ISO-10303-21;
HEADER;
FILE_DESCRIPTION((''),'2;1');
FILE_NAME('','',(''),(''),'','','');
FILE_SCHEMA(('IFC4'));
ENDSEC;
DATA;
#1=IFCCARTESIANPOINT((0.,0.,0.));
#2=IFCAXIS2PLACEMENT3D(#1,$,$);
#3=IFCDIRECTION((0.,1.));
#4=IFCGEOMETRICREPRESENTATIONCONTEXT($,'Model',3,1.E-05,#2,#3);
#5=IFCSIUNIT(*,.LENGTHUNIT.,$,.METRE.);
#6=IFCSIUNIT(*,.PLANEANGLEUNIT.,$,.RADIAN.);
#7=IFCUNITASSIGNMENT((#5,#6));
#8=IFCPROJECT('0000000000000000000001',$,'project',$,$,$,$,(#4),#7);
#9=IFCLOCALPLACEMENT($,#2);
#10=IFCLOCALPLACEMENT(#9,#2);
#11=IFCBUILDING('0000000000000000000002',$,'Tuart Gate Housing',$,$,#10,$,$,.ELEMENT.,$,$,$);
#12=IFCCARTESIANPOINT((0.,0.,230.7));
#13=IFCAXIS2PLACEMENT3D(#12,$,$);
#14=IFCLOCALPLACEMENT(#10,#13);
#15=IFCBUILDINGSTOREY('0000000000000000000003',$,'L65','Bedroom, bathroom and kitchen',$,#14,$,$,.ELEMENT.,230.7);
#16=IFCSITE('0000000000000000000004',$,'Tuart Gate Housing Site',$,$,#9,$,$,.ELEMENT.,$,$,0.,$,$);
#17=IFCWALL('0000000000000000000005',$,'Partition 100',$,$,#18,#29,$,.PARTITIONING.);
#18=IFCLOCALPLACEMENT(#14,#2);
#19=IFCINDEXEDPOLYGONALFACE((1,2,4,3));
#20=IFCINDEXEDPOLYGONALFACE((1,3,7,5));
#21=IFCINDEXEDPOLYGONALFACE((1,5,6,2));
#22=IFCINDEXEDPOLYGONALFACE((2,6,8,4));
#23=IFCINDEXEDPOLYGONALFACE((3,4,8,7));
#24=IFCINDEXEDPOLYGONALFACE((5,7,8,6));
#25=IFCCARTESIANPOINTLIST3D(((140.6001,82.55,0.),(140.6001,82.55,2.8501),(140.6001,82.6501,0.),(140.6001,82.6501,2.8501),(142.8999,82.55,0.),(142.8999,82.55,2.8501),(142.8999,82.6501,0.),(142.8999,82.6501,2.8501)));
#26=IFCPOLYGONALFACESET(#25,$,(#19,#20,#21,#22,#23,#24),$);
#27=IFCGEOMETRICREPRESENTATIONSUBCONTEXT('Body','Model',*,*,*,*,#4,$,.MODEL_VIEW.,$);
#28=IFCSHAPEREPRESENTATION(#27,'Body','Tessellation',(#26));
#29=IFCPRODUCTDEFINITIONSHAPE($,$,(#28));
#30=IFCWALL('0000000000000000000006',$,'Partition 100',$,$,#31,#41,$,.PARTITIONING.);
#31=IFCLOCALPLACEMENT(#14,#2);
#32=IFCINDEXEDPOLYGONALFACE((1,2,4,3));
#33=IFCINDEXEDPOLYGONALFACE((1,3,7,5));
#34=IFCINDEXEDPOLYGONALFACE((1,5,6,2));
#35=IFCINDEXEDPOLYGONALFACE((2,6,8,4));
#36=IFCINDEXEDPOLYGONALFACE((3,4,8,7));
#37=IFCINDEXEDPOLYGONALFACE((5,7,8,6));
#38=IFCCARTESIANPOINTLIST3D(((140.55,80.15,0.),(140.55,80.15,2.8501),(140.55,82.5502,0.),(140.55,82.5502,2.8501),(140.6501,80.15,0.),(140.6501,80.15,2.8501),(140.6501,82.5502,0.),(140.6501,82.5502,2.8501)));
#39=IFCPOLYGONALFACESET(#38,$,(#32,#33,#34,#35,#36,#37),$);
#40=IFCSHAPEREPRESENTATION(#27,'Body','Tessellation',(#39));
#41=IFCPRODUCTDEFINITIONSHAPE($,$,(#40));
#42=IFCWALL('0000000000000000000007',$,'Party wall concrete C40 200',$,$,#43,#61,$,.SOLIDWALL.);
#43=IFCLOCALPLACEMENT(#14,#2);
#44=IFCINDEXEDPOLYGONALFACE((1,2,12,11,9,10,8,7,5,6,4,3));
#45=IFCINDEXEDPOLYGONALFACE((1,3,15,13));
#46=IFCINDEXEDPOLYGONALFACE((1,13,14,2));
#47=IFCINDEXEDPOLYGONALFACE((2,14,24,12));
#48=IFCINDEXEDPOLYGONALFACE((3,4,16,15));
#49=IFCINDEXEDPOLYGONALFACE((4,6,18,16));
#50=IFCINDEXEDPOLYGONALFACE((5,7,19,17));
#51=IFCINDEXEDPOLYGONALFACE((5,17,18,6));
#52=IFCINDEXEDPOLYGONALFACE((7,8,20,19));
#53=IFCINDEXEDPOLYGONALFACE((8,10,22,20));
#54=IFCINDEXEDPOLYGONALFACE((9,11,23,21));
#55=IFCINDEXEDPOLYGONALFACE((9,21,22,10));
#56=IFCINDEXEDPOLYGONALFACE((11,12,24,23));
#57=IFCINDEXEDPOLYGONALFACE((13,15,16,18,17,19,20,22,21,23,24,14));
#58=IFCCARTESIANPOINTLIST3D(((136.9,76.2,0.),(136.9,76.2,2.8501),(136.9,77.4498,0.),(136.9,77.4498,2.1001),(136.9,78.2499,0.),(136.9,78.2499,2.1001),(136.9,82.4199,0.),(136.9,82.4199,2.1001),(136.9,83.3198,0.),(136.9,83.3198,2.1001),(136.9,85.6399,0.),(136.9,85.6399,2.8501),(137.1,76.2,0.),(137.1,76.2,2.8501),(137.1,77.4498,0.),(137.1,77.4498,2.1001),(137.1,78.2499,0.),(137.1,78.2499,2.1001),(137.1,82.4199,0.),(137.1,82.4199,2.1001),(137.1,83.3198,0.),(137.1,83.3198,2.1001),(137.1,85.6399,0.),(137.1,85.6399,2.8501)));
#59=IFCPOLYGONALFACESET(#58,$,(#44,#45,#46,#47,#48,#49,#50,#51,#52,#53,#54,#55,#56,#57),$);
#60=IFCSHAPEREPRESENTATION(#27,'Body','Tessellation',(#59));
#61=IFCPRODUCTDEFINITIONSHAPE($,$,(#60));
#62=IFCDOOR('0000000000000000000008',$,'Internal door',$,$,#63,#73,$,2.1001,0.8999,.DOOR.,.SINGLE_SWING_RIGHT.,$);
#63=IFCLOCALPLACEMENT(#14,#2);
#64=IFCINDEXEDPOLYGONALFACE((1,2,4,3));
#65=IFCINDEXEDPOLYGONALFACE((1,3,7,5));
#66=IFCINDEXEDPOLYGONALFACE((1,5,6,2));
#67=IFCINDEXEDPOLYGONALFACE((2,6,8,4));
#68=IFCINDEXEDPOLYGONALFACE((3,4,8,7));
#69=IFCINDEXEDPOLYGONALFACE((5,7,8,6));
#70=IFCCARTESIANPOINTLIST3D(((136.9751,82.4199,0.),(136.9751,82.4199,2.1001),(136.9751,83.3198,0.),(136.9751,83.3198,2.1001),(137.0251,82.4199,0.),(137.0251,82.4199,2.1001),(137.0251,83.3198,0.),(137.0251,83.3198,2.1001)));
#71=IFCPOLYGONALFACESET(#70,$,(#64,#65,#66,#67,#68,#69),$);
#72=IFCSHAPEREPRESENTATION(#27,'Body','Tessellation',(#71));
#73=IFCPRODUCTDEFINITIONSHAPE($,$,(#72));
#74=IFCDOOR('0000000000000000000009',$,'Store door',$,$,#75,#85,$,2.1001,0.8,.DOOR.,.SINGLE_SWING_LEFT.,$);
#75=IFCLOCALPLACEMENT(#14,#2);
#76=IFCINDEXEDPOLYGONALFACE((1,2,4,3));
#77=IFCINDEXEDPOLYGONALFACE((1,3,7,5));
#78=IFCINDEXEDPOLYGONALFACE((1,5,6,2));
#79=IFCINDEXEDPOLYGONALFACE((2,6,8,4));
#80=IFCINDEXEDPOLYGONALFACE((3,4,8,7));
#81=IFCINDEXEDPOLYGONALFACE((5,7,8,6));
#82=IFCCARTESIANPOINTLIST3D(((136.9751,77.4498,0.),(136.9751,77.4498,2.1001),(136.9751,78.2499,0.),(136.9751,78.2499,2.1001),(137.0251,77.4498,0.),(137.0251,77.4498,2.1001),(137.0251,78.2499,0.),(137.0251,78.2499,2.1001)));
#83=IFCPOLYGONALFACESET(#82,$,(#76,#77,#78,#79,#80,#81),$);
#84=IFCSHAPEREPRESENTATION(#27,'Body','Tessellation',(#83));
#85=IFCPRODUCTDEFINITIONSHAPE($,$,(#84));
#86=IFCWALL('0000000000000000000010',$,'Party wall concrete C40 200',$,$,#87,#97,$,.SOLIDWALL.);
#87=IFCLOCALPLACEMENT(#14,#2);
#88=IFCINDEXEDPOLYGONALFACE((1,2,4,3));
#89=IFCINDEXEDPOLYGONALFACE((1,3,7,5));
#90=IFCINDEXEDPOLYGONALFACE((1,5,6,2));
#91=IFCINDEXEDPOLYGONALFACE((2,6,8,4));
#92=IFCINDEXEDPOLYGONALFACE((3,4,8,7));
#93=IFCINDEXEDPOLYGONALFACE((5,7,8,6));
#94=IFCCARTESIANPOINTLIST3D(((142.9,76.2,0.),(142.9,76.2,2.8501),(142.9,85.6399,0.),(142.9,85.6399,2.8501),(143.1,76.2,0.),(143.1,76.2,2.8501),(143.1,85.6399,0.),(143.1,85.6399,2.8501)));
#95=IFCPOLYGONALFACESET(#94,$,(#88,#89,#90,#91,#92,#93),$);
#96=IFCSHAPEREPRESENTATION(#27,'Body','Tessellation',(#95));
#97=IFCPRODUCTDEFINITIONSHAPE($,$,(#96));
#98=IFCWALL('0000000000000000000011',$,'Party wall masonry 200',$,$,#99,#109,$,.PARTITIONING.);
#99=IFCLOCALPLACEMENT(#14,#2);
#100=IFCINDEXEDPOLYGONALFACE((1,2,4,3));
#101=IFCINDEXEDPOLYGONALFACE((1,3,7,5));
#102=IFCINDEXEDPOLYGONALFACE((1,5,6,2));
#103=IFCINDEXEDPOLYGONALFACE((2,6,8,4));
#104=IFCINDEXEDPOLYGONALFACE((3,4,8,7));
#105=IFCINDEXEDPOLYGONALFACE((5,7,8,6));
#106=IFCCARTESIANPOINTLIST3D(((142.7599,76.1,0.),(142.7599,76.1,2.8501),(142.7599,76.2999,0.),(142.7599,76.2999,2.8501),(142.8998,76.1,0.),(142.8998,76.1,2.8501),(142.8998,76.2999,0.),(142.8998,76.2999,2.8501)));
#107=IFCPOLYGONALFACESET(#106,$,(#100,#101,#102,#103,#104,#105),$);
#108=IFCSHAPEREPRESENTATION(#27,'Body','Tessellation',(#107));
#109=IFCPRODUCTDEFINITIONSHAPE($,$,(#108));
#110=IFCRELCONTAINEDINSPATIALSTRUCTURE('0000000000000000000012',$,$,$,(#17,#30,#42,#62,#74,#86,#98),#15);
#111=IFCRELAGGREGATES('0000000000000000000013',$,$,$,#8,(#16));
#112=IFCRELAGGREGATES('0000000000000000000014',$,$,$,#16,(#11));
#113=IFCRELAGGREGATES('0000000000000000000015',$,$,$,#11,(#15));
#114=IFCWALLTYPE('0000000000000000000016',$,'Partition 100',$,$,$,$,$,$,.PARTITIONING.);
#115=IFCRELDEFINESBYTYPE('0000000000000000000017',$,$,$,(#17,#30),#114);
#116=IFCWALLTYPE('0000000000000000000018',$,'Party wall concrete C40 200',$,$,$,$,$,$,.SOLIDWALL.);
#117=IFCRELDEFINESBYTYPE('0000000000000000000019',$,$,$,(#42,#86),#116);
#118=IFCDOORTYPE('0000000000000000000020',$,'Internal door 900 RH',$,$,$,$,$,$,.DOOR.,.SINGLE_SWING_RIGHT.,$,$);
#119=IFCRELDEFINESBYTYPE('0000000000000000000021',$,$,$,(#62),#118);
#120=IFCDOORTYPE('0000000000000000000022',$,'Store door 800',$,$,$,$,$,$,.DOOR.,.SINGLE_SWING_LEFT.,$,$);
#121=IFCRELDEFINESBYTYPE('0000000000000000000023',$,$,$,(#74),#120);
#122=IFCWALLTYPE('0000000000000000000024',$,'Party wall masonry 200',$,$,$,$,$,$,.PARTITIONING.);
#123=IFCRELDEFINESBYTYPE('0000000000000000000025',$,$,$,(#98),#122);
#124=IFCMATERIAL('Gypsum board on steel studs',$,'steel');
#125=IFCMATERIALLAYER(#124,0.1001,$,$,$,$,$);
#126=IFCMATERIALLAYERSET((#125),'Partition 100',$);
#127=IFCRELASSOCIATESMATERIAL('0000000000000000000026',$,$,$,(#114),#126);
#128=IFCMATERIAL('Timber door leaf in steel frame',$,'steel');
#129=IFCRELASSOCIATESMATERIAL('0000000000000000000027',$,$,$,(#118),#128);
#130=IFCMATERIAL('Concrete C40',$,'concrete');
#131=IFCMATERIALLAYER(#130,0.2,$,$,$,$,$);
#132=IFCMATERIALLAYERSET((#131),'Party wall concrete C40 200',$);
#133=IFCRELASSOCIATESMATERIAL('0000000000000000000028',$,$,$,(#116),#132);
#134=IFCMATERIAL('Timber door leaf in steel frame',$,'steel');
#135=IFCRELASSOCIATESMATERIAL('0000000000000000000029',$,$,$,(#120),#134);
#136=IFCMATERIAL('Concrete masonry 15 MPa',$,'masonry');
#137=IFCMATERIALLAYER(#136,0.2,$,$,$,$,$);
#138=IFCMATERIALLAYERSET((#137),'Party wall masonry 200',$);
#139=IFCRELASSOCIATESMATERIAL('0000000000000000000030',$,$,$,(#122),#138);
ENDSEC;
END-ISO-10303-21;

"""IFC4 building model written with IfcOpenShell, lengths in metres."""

from ifc_helpers import new_model, si_unit, direction, frame, frame_2d, origin, place, context, subcontext, project, spatial, rectangle, extrude, material, layer, layer_set, type_object, element, fill, save


model = new_model("IFC4")

# Units and contexts
model_context = context("Model", 3, precision=1e-05, world=origin(), true_north=direction((0.0, 1.0)))
body_context = subcontext(model_context, "Body", "Model", "MODEL_VIEW")
ifc_project = project(units=[si_unit("LENGTHUNIT", "METRE"), si_unit("PLANEANGLEUNIT", "RADIAN")], contexts=[model_context])

# Site, building, storey
site_placement = place(None, origin())
site = spatial("IfcSite", under=ifc_project, at=site_placement, Name="Tuart Gate Housing Site", CompositionType="ELEMENT", RefElevation=0.0)
building_placement = place(site_placement, origin())
building = spatial("IfcBuilding", under=site, at=building_placement, Name="Tuart Gate Housing", CompositionType="ELEMENT")
storey_placement = place(building_placement, frame((0.0, 0.0, 230.7)))
storey = spatial("IfcBuildingStorey", under=building, at=storey_placement, Name="L65", Description="Bedroom, bathroom and kitchen", CompositionType="ELEMENT", Elevation=230.7)

# Shared definitions
ifc_material_1 = material(Name="Gypsum board on steel studs", Category="steel")
ifc_layer_1 = layer(ifc_material_1, 0.1001)
ifc_layer_set_1 = layer_set([ifc_layer_1], Name="Partition 100")
wall_type_1 = type_object("IfcWallType", Name="Partition 100", PredefinedType="PARTITIONING", material=ifc_layer_set_1)
ifc_material_2 = material(Name="Timber door leaf in steel frame", Category="steel")
door_type_1 = type_object("IfcDoorType", Name="Internal door 900 RH", OperationType="SINGLE_SWING_RIGHT", PredefinedType="DOOR", material=ifc_material_2)

# Walls
wall_1_placement = place(storey_placement, frame((140.6001, 82.6001, 0.0), z_axis=(0.0, 0.0, 1.0), x_axis=(1.0, 0.0, 0.0)))
element("IfcWall", 1, at=wall_1_placement, inside=storey, type_object=wall_type_1, Name="Partition 100", PredefinedType="PARTITIONING", context=body_context, shape_type="SweptSolid", body=[
    extrude(rectangle(XDim=2.2998, YDim=0.1001, at=frame_2d((1.1499, 0.0))), origin(), (0.0, 0.0, 1.0), 2.8501),
])
wall_2_placement = place(storey_placement, frame((140.6001, 80.1499, 0.0), z_axis=(0.0, 0.0, 1.0), x_axis=(0.0, 1.0, 0.0)))
element("IfcWall", 2, at=wall_2_placement, inside=storey, type_object=wall_type_1, Name="Partition 100", PredefinedType="PARTITIONING", context=body_context, shape_type="SweptSolid", body=[
    extrude(rectangle(XDim=2.4001, YDim=0.1001, at=frame_2d((1.2002, 0.0))), origin(), (0.0, 0.0, 1.0), 2.8501),
])

# Wall, openings, doors
ifc_material_3 = material(Name="Concrete C40", Category="concrete")
ifc_layer_2 = layer(ifc_material_3, 0.2)
ifc_layer_set_2 = layer_set([ifc_layer_2], Name="Party wall concrete C40 200")
wall_type_2 = type_object("IfcWallType", Name="Party wall concrete C40 200", PredefinedType="SOLIDWALL", material=ifc_layer_set_2)
wall_3_placement = place(storey_placement, frame((137.0, 76.2, 0.0), z_axis=(0.0, 0.0, 1.0), x_axis=(0.0, 1.0, 0.0)))
wall_3 = element("IfcWall", 3, at=wall_3_placement, inside=storey, type_object=wall_type_2, Name="Party wall concrete C40 200", PredefinedType="SOLIDWALL", context=body_context, shape_type="SweptSolid", body=[
    extrude(rectangle(XDim=9.4399, YDim=0.2, at=frame_2d((4.72, 0.0))), origin(), (0.0, 0.0, 1.0), 2.8501),
])
opening_1_placement = place(wall_3_placement, frame((6.22, 0.0, 0.0)))
opening_1 = element("IfcOpeningElement", 4, at=opening_1_placement, cuts=wall_3, PredefinedType="OPENING", context=body_context, shape_type="SweptSolid", body=[
    extrude(rectangle(XDim=0.8999, YDim=2.1001, at=frame_2d((0.45, 1.05))), frame((0.0, 0.1099, 0.0), z_axis=(0.0, -1.0, 0.0), x_axis=(1.0, 0.0, 0.0)), (0.0, 0.0, 1.0), 0.22),
])
opening_2_placement = place(wall_3_placement, frame((1.25, 0.0, 0.0)))
opening_2 = element("IfcOpeningElement", 5, at=opening_2_placement, cuts=wall_3, PredefinedType="OPENING", context=body_context, shape_type="SweptSolid", body=[
    extrude(rectangle(XDim=0.8, YDim=2.1001, at=frame_2d((0.3999, 1.05))), frame((0.0, 0.1099, 0.0), z_axis=(0.0, -1.0, 0.0), x_axis=(1.0, 0.0, 0.0)), (0.0, 0.0, 1.0), 0.22),
])
door_1_placement = place(opening_1_placement, origin())
door_1 = element("IfcDoor", 6, at=door_1_placement, inside=storey, type_object=door_type_1, Name="Internal door", OperationType="SINGLE_SWING_RIGHT", OverallHeight=2.1001, OverallWidth=0.8999, PredefinedType="DOOR", context=body_context, shape_type="SweptSolid", body=[
    extrude(rectangle(XDim=0.8999, YDim=2.1001, at=frame_2d((0.45, 1.05))), frame((0.0, 0.0249, 0.0), z_axis=(0.0, -1.0, 0.0), x_axis=(1.0, 0.0, 0.0)), (0.0, 0.0, 1.0), 0.05),
])
fill(opening_1, door_1)
ifc_material_4 = material(Name="Timber door leaf in steel frame", Category="steel")
door_type_2 = type_object("IfcDoorType", Name="Store door 800", OperationType="SINGLE_SWING_LEFT", PredefinedType="DOOR", material=ifc_material_4)
door_2_placement = place(opening_2_placement, origin())
door_2 = element("IfcDoor", 7, at=door_2_placement, inside=storey, type_object=door_type_2, Name="Store door", OperationType="SINGLE_SWING_LEFT", OverallHeight=2.1001, OverallWidth=0.8, PredefinedType="DOOR", context=body_context, shape_type="SweptSolid", body=[
    extrude(rectangle(XDim=0.8, YDim=2.1001, at=frame_2d((0.3999, 1.05))), frame((0.0, 0.0249, 0.0), z_axis=(0.0, -1.0, 0.0), x_axis=(1.0, 0.0, 0.0)), (0.0, 0.0, 1.0), 0.05),
])
fill(opening_2, door_2)

# Walls
wall_4_placement = place(storey_placement, frame((143.0, 76.2, 0.0), z_axis=(0.0, 0.0, 1.0), x_axis=(0.0, 1.0, 0.0)))
element("IfcWall", 8, at=wall_4_placement, inside=storey, type_object=wall_type_2, Name="Party wall concrete C40 200", PredefinedType="SOLIDWALL", context=body_context, shape_type="SweptSolid", body=[
    extrude(rectangle(XDim=9.4399, YDim=0.2, at=frame_2d((4.72, 0.0))), origin(), (0.0, 0.0, 1.0), 2.8501),
])
ifc_material_5 = material(Name="Concrete masonry 15 MPa", Category="masonry")
ifc_layer_3 = layer(ifc_material_5, 0.2)
ifc_layer_set_3 = layer_set([ifc_layer_3], Name="Party wall masonry 200")
wall_type_3 = type_object("IfcWallType", Name="Party wall masonry 200", PredefinedType="PARTITIONING", material=ifc_layer_set_3)
wall_5_placement = place(storey_placement, frame((142.76, 76.2, 0.0), z_axis=(0.0, 0.0, 1.0), x_axis=(1.0, 0.0, 0.0)))
element("IfcWall", 9, at=wall_5_placement, inside=storey, type_object=wall_type_3, Name="Party wall masonry 200", PredefinedType="PARTITIONING", context=body_context, shape_type="SweptSolid", body=[
    extrude(rectangle(XDim=0.1399, YDim=0.2, at=frame_2d((0.0698, 0.0))), origin(), (0.0, 0.0, 1.0), 2.8501),
])

save(model, "model.ifc")
